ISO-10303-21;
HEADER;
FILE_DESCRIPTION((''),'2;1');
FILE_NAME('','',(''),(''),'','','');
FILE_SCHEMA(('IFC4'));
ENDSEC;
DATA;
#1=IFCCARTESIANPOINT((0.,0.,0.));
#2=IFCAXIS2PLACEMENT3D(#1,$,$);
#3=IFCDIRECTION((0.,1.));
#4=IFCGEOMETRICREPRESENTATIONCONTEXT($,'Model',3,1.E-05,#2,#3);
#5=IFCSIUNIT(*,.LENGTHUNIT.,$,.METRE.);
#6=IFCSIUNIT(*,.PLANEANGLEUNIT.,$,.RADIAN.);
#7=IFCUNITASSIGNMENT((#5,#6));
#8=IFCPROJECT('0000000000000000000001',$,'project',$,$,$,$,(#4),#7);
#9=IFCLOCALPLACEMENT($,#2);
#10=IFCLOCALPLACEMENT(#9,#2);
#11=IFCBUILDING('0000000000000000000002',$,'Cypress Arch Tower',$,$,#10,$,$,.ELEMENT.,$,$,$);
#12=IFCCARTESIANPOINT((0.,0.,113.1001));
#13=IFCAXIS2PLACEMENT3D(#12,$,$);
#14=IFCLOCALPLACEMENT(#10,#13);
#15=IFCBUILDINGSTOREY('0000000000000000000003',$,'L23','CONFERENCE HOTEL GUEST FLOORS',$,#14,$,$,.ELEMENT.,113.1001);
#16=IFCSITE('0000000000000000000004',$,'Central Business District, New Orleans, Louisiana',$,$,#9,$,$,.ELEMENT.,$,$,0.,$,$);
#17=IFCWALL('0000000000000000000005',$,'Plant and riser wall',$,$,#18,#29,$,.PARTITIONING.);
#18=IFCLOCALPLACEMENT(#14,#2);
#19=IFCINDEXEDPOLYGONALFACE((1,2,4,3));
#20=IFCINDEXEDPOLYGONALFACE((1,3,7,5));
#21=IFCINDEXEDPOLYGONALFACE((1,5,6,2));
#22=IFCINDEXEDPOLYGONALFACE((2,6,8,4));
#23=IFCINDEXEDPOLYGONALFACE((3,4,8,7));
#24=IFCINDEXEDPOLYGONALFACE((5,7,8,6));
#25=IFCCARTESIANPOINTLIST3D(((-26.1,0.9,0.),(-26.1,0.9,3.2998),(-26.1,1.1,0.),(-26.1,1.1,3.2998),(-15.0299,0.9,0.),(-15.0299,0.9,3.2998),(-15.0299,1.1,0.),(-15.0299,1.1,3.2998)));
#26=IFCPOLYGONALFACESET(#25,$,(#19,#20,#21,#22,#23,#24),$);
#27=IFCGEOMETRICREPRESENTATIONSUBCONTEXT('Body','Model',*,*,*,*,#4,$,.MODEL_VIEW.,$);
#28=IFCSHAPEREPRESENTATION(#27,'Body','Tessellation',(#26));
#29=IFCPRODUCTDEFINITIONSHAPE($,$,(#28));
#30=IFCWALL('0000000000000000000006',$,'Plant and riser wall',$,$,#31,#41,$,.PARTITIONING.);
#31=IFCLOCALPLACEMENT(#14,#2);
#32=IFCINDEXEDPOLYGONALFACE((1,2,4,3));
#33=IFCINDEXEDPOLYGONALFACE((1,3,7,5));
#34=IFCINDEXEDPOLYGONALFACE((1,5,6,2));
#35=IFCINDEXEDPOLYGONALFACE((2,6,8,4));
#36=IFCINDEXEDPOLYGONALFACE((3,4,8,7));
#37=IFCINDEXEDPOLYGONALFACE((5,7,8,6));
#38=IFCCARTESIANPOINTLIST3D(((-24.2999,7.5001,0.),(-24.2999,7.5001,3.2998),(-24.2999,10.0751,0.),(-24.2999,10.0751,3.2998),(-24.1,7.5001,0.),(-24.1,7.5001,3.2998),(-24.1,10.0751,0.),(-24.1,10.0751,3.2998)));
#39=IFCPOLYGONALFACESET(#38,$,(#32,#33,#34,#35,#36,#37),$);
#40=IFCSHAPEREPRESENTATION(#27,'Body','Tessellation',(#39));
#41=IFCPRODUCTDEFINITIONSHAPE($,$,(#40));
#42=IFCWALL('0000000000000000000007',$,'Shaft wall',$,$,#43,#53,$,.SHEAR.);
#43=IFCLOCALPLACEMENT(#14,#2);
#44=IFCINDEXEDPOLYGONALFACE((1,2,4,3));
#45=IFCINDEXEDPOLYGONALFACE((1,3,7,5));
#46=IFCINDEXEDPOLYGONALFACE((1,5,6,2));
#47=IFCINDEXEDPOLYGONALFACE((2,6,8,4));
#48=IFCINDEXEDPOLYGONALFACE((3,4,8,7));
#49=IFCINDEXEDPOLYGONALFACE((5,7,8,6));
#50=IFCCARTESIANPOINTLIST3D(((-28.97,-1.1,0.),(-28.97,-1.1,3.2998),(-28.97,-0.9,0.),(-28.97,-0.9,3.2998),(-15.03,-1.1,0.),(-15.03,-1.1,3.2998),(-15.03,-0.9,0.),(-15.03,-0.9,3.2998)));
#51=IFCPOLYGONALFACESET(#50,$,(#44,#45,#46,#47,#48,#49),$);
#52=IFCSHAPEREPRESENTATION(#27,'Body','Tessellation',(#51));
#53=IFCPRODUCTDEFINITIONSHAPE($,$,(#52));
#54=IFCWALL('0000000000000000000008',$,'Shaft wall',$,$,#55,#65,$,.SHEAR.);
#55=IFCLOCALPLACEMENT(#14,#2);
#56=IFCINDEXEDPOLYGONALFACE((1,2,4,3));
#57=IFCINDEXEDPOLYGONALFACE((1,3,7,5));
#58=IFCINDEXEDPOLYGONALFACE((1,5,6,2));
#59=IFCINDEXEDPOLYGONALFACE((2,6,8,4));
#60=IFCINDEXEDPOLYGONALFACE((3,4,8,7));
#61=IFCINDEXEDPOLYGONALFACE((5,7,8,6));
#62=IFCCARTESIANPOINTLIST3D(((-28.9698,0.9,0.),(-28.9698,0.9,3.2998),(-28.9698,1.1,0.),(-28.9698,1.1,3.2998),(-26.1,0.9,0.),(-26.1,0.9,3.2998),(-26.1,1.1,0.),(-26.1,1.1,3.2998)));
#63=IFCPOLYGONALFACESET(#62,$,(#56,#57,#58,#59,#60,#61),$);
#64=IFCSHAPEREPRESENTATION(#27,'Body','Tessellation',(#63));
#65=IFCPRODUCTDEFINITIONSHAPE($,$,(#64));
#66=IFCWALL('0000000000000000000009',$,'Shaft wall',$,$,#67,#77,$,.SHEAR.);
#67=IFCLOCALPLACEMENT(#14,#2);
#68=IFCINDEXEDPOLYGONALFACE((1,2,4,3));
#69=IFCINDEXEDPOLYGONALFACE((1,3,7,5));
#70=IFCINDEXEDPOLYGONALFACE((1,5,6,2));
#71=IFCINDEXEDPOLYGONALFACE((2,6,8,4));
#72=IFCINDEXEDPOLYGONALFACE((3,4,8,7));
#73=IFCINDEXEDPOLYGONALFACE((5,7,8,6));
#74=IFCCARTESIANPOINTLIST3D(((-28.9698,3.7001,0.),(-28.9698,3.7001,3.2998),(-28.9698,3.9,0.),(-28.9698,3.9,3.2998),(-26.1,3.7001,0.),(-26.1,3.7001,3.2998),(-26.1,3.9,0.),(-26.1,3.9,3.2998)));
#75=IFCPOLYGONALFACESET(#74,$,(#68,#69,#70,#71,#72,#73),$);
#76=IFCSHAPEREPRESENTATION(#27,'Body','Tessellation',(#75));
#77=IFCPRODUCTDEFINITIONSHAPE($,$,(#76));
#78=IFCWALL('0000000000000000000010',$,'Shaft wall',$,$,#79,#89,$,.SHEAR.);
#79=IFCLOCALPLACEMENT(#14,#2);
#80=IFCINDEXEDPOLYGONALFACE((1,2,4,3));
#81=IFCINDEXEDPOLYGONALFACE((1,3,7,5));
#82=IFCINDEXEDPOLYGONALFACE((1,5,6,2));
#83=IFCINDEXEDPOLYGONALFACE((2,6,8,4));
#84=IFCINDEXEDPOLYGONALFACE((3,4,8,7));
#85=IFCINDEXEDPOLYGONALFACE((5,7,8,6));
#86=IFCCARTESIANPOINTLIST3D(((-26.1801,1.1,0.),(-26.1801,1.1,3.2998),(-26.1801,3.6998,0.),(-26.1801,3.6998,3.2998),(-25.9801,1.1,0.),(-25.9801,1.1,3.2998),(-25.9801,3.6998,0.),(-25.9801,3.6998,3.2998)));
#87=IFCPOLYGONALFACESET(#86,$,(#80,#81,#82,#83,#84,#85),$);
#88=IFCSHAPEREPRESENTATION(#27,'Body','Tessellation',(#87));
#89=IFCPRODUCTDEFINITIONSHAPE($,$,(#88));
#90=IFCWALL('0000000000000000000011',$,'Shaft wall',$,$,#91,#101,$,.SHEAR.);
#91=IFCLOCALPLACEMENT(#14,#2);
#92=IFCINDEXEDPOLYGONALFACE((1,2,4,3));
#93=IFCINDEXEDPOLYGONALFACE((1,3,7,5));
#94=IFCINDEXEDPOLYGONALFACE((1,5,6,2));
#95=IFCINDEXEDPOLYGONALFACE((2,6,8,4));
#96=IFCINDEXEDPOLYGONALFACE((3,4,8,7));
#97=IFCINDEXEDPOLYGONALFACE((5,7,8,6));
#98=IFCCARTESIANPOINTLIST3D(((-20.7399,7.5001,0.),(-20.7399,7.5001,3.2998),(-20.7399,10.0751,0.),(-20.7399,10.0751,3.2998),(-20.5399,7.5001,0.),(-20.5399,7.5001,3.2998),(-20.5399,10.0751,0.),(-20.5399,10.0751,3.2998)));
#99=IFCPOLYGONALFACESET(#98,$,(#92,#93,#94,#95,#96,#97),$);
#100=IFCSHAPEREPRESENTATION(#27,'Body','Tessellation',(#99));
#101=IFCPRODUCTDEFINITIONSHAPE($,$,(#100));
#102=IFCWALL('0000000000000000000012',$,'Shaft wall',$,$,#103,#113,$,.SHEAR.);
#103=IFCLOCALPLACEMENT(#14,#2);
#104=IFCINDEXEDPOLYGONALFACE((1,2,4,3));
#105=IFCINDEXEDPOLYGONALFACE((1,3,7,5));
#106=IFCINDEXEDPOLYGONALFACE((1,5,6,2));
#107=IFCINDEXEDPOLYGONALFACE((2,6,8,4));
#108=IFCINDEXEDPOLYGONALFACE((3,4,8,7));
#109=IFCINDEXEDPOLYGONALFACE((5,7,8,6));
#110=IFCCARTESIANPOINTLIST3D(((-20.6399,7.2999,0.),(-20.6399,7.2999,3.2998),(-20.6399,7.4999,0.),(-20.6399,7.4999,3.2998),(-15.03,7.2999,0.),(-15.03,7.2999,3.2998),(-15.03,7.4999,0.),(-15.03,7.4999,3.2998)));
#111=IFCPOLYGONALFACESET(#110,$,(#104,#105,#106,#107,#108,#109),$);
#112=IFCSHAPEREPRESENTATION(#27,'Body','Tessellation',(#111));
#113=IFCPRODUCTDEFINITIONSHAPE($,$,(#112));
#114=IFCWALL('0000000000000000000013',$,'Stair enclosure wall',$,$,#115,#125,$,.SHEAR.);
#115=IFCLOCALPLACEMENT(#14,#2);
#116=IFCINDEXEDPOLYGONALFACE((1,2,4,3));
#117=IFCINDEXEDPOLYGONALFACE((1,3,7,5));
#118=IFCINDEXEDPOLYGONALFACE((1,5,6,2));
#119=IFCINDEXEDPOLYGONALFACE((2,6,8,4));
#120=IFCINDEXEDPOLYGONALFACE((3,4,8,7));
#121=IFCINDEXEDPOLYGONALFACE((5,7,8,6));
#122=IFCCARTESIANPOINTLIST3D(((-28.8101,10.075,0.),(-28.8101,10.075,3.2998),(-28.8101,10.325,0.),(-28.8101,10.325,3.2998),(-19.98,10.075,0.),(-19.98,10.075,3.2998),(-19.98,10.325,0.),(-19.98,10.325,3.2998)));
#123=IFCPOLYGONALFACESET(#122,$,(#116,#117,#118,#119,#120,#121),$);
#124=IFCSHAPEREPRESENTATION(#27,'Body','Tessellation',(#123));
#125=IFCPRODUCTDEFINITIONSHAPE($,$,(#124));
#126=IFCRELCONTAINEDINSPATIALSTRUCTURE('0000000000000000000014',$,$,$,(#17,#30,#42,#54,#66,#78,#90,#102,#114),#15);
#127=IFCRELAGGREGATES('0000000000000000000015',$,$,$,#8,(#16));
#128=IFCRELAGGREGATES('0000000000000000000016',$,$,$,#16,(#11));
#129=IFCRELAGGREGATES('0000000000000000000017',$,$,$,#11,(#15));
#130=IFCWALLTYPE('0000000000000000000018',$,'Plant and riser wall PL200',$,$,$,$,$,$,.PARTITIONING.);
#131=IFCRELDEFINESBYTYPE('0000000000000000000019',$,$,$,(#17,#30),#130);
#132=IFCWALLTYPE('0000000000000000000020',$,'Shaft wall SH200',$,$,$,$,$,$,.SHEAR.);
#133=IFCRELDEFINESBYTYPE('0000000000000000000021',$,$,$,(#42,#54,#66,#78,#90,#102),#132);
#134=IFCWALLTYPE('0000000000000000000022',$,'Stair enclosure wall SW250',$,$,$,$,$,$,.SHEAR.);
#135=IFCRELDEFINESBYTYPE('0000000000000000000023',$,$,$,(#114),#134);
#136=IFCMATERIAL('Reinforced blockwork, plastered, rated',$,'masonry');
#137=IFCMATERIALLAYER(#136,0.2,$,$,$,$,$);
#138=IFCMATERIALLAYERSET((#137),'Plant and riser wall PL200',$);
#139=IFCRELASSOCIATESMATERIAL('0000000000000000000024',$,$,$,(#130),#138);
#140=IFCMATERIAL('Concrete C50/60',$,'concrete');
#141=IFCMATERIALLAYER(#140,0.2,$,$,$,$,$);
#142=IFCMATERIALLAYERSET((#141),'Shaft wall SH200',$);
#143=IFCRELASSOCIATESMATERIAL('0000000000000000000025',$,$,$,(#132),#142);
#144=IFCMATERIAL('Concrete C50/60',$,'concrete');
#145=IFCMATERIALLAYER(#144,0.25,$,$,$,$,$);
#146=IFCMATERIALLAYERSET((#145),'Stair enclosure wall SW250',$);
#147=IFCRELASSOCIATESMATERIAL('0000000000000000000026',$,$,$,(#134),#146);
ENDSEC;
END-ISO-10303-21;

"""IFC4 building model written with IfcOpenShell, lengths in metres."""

from ifc_helpers import new_model, si_unit, direction, frame, frame_2d, origin, place, context, subcontext, project, spatial, rectangle, extrude, material, layer, layer_set, type_object, element, save


model = new_model("IFC4")

# Units and contexts
model_context = context("Model", 3, precision=1e-05, world=origin(), true_north=direction((0.0, 1.0)))
body_context = subcontext(model_context, "Body", "Model", "MODEL_VIEW")
ifc_project = project(units=[si_unit("LENGTHUNIT", "METRE"), si_unit("PLANEANGLEUNIT", "RADIAN")], contexts=[model_context])

# Site, building, storey
site_placement = place(None, origin())
site = spatial("IfcSite", under=ifc_project, at=site_placement, Name="Central Business District, New Orleans, Louisiana", CompositionType="ELEMENT", RefElevation=0.0)
building_placement = place(site_placement, origin())
building = spatial("IfcBuilding", under=site, at=building_placement, Name="Cypress Arch Tower", CompositionType="ELEMENT")
storey_placement = place(building_placement, frame((0.0, 0.0, 113.1001)))
storey = spatial("IfcBuildingStorey", under=building, at=storey_placement, Name="L23", Description="CONFERENCE HOTEL GUEST FLOORS", CompositionType="ELEMENT", Elevation=113.1001)

# Shared definitions
ifc_material_1 = material(Name="Reinforced blockwork, plastered, rated", Category="masonry")
ifc_layer_1 = layer(ifc_material_1, 0.2)
ifc_layer_set_1 = layer_set([ifc_layer_1], Name="Plant and riser wall PL200")
wall_type_1 = type_object("IfcWallType", Name="Plant and riser wall PL200", PredefinedType="PARTITIONING", material=ifc_layer_set_1)

# Walls
wall_1_placement = place(storey_placement, frame((-26.1001, 1.0, 0.0), z_axis=(0.0, 0.0, 1.0), x_axis=(1.0, 0.0, 0.0)))
element("IfcWall", 1, at=wall_1_placement, inside=storey, type_object=wall_type_1, Name="Plant and riser wall", PredefinedType="PARTITIONING", context=body_context, shape_type="SweptSolid", body=[
    extrude(rectangle(XDim=11.0701, YDim=0.2, at=frame_2d((5.5352, 0.0))), origin(), (0.0, 0.0, 1.0), 3.2998),
])
wall_2_placement = place(storey_placement, frame((-24.2, 7.5, 0.0), z_axis=(0.0, 0.0, 1.0), x_axis=(0.0, 1.0, 0.0)))
element("IfcWall", 2, at=wall_2_placement, inside=storey, type_object=wall_type_1, Name="Plant and riser wall", PredefinedType="PARTITIONING", context=body_context, shape_type="SweptSolid", body=[
    extrude(rectangle(XDim=2.575, YDim=0.2, at=frame_2d((1.2876, 0.0))), origin(), (0.0, 0.0, 1.0), 3.2998),
])
ifc_material_2 = material(Name="Concrete C50/60", Category="concrete")
ifc_layer_2 = layer(ifc_material_2, 0.2)
ifc_layer_set_2 = layer_set([ifc_layer_2], Name="Shaft wall SH200")
wall_type_2 = type_object("IfcWallType", Name="Shaft wall SH200", PredefinedType="SHEAR", material=ifc_layer_set_2)
wall_3_placement = place(storey_placement, frame((-28.97, -1.0, 0.0), z_axis=(0.0, 0.0, 1.0), x_axis=(1.0, 0.0, 0.0)))
element("IfcWall", 3, at=wall_3_placement, inside=storey, type_object=wall_type_2, Name="Shaft wall", PredefinedType="SHEAR", context=body_context, shape_type="SweptSolid", body=[
    extrude(rectangle(XDim=13.9399, YDim=0.2, at=frame_2d((6.97, 0.0))), origin(), (0.0, 0.0, 1.0), 3.2998),
])
for number, where, z_axis, x_axis, name in (
    (4, (-28.97, 1.0, 0.0), (0.0, 0.0, 1.0), (1.0, 0.0, 0.0), "Shaft wall"),
    (5, (-28.97, 3.8, 0.0), (0.0, 0.0, 1.0), (1.0, 0.0, 0.0), "Shaft wall"),
):
    element("IfcWall", number, at=place(storey_placement, frame(where, z_axis=z_axis, x_axis=x_axis)), inside=storey, type_object=wall_type_2, Name=name, PredefinedType="SHEAR", context=body_context, shape_type="SweptSolid", body=[
        extrude(rectangle(XDim=2.8699, YDim=0.2, at=frame_2d((1.4351, 0.0))), origin(), (0.0, 0.0, 1.0), 3.2998),
    ])
wall_4_placement = place(storey_placement, frame((-26.0801, 1.1001, 0.0), z_axis=(0.0, 0.0, 1.0), x_axis=(0.0, 1.0, 0.0)))
element("IfcWall", 6, at=wall_4_placement, inside=storey, type_object=wall_type_2, Name="Shaft wall", PredefinedType="SHEAR", context=body_context, shape_type="SweptSolid", body=[
    extrude(rectangle(XDim=2.5999, YDim=0.2, at=frame_2d((1.2998, 0.0))), origin(), (0.0, 0.0, 1.0), 3.2998),
])
wall_5_placement = place(storey_placement, frame((-20.6399, 7.5, 0.0), z_axis=(0.0, 0.0, 1.0), x_axis=(0.0, 1.0, 0.0)))
element("IfcWall", 7, at=wall_5_placement, inside=storey, type_object=wall_type_2, Name="Shaft wall", PredefinedType="SHEAR", context=body_context, shape_type="SweptSolid", body=[
    extrude(rectangle(XDim=2.575, YDim=0.2, at=frame_2d((1.2876, 0.0))), origin(), (0.0, 0.0, 1.0), 3.2998),
])
wall_6_placement = place(storey_placement, frame((-20.6399, 7.3999, 0.0), z_axis=(0.0, 0.0, 1.0), x_axis=(1.0, 0.0, 0.0)))
element("IfcWall", 8, at=wall_6_placement, inside=storey, type_object=wall_type_2, Name="Shaft wall", PredefinedType="SHEAR", context=body_context, shape_type="SweptSolid", body=[
    extrude(rectangle(XDim=5.6099, YDim=0.2, at=frame_2d((2.8049, 0.0))), origin(), (0.0, 0.0, 1.0), 3.2998),
])
ifc_material_3 = material(Name="Concrete C50/60", Category="concrete")
ifc_layer_3 = layer(ifc_material_3, 0.25)
ifc_layer_set_3 = layer_set([ifc_layer_3], Name="Stair enclosure wall SW250")
wall_type_3 = type_object("IfcWallType", Name="Stair enclosure wall SW250", PredefinedType="SHEAR", material=ifc_layer_set_3)
wall_7_placement = place(storey_placement, frame((-28.8101, 10.2, 0.0), z_axis=(0.0, 0.0, 1.0), x_axis=(1.0, 0.0, 0.0)))
element("IfcWall", 9, at=wall_7_placement, inside=storey, type_object=wall_type_3, Name="Stair enclosure wall", PredefinedType="SHEAR", context=body_context, shape_type="SweptSolid", body=[
    extrude(rectangle(XDim=8.8301, YDim=0.25, at=frame_2d((4.415, 0.0))), origin(), (0.0, 0.0, 1.0), 3.2998),
])

save(model, "model.ifc")
